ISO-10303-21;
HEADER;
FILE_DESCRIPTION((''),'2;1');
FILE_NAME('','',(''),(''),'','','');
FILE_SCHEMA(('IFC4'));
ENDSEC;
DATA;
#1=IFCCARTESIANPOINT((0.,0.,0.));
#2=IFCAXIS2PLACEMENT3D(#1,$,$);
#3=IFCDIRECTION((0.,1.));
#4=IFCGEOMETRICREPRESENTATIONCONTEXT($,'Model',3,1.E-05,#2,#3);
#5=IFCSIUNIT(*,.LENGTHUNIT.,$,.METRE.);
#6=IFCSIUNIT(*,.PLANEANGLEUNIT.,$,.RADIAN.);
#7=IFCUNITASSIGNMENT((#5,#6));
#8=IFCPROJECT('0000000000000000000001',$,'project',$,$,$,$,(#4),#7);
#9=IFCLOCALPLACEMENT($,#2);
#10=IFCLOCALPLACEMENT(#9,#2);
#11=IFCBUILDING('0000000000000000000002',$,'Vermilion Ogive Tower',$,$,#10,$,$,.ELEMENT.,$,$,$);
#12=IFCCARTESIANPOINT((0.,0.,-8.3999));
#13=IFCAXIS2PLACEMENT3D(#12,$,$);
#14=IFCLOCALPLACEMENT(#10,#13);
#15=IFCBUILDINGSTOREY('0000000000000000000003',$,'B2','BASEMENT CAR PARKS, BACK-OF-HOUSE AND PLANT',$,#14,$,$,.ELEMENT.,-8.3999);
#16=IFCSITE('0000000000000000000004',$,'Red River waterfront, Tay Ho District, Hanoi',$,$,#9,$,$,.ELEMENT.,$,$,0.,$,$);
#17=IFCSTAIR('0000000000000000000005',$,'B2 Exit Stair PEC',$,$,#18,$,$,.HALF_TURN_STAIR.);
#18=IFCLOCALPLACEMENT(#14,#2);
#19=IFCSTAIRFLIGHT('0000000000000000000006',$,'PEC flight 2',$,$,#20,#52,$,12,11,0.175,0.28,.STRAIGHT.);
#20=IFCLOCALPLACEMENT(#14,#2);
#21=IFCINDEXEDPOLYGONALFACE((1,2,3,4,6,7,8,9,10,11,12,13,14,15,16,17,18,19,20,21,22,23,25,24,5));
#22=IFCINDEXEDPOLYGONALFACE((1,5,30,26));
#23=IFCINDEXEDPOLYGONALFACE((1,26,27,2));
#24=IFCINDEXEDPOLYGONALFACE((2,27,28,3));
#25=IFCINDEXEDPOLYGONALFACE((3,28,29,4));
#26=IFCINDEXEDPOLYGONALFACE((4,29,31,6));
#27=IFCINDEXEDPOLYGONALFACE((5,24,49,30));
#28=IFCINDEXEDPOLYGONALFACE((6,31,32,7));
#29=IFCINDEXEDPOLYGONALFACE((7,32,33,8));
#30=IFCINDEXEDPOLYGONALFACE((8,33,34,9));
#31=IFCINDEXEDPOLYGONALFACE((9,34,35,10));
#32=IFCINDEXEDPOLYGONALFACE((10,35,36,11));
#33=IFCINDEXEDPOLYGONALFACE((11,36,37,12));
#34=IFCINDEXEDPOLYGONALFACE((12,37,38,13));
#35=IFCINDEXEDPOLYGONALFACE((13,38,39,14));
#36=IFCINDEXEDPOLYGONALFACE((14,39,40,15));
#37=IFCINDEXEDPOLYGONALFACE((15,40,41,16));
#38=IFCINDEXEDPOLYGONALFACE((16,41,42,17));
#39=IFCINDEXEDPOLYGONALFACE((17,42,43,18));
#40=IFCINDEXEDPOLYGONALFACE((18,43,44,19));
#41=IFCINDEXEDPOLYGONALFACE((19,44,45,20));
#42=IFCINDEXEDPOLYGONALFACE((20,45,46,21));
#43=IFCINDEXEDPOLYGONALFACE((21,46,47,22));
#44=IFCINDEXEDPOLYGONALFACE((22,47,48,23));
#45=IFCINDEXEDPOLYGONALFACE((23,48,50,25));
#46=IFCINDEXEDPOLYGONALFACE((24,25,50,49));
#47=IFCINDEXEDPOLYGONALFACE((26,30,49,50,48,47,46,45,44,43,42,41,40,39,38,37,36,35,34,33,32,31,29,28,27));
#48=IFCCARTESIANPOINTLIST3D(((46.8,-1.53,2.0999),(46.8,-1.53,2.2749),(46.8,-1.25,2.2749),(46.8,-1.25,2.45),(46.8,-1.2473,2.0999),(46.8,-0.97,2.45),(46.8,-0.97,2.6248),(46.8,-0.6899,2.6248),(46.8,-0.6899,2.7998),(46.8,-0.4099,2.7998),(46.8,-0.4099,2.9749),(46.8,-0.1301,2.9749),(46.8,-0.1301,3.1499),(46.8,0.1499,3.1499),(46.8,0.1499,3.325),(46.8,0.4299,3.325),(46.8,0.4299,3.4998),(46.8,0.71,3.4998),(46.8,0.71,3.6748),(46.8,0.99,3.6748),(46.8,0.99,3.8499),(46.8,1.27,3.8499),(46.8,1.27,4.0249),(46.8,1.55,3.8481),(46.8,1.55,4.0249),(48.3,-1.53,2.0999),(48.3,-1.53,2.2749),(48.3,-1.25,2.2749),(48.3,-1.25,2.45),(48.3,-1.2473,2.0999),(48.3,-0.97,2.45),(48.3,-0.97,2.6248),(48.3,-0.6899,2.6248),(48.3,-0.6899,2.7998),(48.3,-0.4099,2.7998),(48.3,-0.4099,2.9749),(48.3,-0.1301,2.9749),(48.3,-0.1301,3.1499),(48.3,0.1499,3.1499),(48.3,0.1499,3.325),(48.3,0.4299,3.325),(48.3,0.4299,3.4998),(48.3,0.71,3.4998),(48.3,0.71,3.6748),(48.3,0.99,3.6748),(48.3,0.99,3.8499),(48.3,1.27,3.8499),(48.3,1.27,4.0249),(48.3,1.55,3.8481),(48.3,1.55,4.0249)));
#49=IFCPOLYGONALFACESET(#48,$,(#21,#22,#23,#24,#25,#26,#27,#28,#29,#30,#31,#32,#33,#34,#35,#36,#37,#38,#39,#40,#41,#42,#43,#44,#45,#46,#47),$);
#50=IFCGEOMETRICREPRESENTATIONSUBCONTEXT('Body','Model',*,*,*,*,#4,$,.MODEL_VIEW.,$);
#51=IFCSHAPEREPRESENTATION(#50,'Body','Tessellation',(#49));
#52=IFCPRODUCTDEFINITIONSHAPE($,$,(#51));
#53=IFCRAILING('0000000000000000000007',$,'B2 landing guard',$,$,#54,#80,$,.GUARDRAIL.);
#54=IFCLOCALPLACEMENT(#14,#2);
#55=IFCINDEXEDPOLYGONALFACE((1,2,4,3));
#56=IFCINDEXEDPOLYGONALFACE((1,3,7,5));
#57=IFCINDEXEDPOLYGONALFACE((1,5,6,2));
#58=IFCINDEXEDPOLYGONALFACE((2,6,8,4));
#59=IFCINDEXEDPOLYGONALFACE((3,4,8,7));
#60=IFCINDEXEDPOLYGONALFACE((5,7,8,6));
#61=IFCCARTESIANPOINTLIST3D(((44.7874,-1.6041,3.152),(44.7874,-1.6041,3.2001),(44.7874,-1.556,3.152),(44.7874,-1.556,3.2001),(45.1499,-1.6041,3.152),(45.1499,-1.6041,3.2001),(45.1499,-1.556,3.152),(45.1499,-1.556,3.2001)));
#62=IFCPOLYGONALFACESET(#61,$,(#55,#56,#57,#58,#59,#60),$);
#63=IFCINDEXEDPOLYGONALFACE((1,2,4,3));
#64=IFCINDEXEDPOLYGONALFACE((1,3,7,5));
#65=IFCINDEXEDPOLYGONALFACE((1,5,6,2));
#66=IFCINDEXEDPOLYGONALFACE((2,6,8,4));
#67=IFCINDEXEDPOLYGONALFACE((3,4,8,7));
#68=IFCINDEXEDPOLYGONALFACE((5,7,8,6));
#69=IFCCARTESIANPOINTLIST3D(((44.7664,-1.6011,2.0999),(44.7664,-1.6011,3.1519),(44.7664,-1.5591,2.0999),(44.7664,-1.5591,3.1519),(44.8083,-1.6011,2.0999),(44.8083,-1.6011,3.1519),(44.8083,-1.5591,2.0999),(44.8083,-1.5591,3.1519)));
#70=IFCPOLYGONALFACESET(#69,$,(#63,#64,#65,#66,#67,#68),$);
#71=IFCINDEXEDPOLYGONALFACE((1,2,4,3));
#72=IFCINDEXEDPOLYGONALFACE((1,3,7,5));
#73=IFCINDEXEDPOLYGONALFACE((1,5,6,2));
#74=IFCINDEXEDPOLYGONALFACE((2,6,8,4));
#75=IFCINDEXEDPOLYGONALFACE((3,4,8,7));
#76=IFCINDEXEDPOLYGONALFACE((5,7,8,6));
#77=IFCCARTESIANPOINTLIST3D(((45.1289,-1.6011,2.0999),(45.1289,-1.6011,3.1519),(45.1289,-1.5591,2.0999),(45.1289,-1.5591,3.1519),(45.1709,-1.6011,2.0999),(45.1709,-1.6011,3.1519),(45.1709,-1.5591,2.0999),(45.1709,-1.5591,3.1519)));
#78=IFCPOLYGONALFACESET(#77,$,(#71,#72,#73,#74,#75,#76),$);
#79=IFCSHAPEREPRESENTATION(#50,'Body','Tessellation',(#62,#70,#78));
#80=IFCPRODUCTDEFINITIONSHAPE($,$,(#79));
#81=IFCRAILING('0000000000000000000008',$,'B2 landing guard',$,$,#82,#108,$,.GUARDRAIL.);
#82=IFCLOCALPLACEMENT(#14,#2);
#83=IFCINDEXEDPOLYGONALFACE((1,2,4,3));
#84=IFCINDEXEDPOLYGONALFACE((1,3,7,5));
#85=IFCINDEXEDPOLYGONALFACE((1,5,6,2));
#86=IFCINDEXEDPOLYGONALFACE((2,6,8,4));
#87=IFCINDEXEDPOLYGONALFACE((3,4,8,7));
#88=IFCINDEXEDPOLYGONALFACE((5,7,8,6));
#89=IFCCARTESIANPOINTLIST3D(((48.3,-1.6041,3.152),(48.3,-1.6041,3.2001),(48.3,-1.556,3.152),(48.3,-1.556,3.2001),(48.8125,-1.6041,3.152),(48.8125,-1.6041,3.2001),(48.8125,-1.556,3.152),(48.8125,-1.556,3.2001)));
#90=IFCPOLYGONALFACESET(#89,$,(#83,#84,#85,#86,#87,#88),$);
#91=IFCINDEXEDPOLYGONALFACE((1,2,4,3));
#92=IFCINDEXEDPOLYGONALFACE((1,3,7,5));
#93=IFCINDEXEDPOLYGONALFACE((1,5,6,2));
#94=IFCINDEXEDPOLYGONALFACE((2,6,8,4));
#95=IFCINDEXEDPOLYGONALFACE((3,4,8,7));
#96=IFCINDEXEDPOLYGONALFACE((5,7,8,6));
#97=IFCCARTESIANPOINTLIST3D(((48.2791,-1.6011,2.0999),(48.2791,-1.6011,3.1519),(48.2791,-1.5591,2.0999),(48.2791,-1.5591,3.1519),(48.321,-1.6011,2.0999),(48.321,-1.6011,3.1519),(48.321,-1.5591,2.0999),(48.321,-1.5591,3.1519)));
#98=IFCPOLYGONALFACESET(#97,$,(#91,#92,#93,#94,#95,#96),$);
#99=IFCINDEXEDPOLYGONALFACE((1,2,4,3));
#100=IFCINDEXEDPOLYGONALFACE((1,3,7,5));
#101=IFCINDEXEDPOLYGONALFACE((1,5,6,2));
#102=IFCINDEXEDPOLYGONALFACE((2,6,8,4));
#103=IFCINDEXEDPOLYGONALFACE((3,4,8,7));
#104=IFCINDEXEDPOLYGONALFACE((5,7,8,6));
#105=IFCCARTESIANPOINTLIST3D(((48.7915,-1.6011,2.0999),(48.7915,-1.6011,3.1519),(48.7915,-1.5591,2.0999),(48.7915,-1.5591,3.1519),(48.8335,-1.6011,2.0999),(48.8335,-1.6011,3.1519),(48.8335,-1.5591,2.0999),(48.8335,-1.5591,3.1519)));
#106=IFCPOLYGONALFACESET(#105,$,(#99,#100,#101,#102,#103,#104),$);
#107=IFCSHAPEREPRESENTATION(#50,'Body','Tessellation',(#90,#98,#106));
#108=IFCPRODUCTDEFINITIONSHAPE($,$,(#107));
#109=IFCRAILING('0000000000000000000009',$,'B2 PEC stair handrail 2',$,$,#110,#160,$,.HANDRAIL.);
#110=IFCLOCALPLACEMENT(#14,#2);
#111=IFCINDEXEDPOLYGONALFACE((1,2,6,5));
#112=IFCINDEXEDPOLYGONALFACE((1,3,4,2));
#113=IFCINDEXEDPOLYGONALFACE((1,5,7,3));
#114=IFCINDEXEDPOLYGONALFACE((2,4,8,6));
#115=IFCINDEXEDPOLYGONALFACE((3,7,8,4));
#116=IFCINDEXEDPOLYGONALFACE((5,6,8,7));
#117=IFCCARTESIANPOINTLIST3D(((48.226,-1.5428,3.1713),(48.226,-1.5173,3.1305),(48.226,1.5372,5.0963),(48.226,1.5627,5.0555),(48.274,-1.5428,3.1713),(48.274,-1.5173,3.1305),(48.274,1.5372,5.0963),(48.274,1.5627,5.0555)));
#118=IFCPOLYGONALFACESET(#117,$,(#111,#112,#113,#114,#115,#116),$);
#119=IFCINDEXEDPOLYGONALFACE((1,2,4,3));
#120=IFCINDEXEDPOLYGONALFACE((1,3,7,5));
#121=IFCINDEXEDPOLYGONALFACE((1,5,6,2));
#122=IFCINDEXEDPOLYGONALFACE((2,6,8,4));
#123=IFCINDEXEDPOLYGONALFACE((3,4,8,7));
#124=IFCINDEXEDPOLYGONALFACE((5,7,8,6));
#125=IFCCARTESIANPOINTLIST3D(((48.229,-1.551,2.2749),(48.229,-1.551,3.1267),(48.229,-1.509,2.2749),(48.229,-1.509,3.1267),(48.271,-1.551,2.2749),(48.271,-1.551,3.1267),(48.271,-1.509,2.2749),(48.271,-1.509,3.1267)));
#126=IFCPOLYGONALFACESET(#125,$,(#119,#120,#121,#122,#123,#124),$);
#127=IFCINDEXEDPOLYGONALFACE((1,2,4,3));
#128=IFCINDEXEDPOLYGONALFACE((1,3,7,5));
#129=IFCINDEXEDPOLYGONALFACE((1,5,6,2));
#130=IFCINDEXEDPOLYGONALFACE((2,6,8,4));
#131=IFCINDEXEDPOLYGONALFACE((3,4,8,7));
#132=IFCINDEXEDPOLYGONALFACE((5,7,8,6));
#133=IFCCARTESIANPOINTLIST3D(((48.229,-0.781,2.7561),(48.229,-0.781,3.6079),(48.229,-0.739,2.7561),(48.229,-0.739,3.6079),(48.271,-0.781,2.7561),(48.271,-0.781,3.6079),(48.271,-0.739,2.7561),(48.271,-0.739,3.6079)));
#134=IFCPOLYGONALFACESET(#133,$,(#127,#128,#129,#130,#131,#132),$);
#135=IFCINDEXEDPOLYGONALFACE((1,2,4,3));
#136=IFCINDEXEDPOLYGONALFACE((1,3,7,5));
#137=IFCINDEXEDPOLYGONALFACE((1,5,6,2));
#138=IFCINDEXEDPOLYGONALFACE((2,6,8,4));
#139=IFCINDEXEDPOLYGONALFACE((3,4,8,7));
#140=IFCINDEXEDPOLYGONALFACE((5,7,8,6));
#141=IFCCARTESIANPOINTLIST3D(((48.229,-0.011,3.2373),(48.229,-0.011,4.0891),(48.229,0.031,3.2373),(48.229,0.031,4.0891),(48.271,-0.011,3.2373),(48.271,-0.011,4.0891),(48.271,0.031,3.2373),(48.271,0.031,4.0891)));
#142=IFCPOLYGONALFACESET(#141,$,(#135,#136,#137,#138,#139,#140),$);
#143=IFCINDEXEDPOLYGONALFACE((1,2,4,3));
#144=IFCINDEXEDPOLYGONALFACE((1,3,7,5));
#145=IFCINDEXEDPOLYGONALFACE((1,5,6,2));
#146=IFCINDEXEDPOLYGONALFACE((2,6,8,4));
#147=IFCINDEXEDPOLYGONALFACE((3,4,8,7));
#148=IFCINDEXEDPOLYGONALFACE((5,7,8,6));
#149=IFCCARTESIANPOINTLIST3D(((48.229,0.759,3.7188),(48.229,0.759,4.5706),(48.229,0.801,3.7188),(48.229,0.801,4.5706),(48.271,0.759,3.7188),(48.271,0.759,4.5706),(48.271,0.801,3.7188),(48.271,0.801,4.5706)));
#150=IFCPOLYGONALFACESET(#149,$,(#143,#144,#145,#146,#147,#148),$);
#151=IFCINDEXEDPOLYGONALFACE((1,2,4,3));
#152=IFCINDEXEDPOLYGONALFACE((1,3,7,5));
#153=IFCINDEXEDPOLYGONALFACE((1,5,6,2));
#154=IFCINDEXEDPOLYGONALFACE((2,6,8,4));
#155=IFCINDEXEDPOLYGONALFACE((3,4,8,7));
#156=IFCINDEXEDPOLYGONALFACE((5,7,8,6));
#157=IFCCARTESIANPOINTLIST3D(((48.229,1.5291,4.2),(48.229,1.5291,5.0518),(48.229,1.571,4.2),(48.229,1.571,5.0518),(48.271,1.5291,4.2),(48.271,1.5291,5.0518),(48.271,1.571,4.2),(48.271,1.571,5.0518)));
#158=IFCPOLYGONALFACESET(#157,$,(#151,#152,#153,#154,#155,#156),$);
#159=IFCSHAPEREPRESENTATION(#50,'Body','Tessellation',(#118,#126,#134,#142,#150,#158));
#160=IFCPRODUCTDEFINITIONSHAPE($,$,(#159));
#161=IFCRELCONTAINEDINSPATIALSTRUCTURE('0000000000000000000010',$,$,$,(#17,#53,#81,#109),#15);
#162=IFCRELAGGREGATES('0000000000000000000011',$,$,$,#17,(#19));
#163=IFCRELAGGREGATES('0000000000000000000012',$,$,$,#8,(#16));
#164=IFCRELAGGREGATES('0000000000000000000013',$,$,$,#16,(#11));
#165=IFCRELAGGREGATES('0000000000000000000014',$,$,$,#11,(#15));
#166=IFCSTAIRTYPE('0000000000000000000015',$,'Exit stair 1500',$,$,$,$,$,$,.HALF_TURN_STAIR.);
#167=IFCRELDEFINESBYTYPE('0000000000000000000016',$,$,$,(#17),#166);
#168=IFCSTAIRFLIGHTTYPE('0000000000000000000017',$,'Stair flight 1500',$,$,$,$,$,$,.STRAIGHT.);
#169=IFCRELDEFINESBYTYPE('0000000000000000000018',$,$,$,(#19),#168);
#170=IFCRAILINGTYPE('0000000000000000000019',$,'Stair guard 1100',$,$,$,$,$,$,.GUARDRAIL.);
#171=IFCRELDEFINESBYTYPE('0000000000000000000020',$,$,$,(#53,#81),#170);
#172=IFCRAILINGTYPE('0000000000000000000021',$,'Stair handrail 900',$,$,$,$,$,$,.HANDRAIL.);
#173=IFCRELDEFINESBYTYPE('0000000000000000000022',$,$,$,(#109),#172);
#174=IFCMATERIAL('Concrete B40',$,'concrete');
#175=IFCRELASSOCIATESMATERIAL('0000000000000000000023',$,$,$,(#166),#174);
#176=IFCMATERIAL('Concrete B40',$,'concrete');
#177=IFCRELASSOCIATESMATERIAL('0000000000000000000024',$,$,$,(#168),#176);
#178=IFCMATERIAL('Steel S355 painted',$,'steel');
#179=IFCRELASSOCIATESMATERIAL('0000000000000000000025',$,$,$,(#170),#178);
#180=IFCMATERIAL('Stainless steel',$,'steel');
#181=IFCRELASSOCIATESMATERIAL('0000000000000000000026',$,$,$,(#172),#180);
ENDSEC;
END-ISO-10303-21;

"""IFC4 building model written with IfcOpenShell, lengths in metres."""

from ifc_helpers import new_model, si_unit, direction, frame, origin, origin_2d, place, context, subcontext, project, spatial, polyline, rectangle, outline, extrude, material, type_object, element, aggregate, save


model = new_model("IFC4")

# Units and contexts
model_context = context("Model", 3, precision=1e-05, world=origin(), true_north=direction((0.0, 1.0)))
body_context = subcontext(model_context, "Body", "Model", "MODEL_VIEW")
ifc_project = project(units=[si_unit("LENGTHUNIT", "METRE"), si_unit("PLANEANGLEUNIT", "RADIAN")], contexts=[model_context])

# Site, building, storey
site_placement = place(None, origin())
site = spatial("IfcSite", under=ifc_project, at=site_placement, Name="Red River waterfront, Tay Ho District, Hanoi", CompositionType="ELEMENT", RefElevation=0.0)
building_placement = place(site_placement, origin())
building = spatial("IfcBuilding", under=site, at=building_placement, Name="Vermilion Ogive Tower", CompositionType="ELEMENT")
storey_placement = place(building_placement, frame((0.0, 0.0, -8.3999)))
storey = spatial("IfcBuildingStorey", under=building, at=storey_placement, Name="B2", Description="BASEMENT CAR PARKS, BACK-OF-HOUSE AND PLANT", CompositionType="ELEMENT", Elevation=-8.3999)

# Stair, stair flight
ifc_material_1 = material(Name="Concrete B40", Category="concrete")
stair_type = type_object("IfcStairType", Name="Exit stair 1500", PredefinedType="HALF_TURN_STAIR", material=ifc_material_1)
stair_placement = place(storey_placement, origin())
stair = element("IfcStair", 1, at=stair_placement, inside=storey, type_object=stair_type, Name="B2 Exit Stair PEC", PredefinedType="HALF_TURN_STAIR")
ifc_material_2 = material(Name="Concrete B40", Category="concrete")
stair_flight_type = type_object("IfcStairFlightType", Name="Stair flight 1500", PredefinedType="STRAIGHT", material=ifc_material_2)
stair_flight_placement = place(storey_placement, frame((47.55, -1.53, 2.0999), z_axis=(0.0, 0.0, 1.0), x_axis=(0.0, 1.0, 0.0)))
stair_flight = element("IfcStairFlight", 2, at=stair_flight_placement, type_object=stair_flight_type, Name="PEC flight 2", NumberOfRisers=12, NumberOfTreads=11, PredefinedType="STRAIGHT", RiserHeight=0.175, TreadLength=0.28, context=body_context, shape_type="SweptSolid", body=[
    extrude(outline(polyline([(0.0, 0.0), (0.0, 0.175), (0.28, 0.175), (0.28, 0.3501), (0.5601, 0.3501), (0.5601, 0.5249), (0.8401, 0.5249), (0.8401, 0.7), (1.1201, 0.7), (1.1201, 0.875), (1.3999, 0.875), (1.3999, 1.05), (1.6799, 1.05), (1.6799, 1.2251), (1.96, 1.2251), (1.96, 1.3999), (2.24, 1.3999), (2.24, 1.575), (2.52, 1.575), (2.52, 1.75), (2.8, 1.75), (2.8, 1.925), (3.0801, 1.925), (3.0801, 2.1001), (3.0801, 1.7483), (0.2827, 0.0), (0.0, 0.0)])), frame((0.0, 0.75, 0.0), z_axis=(0.0, -1.0, 0.0), x_axis=(1.0, 0.0, 0.0)), (0.0, 0.0, 1.0), 1.5),
])
aggregate(stair, [stair_flight])

# Railings
ifc_material_3 = material(Name="Steel S355 painted", Category="steel")
railing_type_1 = type_object("IfcRailingType", Name="Stair guard 1100", PredefinedType="GUARDRAIL", material=ifc_material_3)
railing_1_placement = place(storey_placement, frame((44.7874, -1.5801, 2.0999)))
element("IfcRailing", 3, at=railing_1_placement, inside=storey, type_object=railing_type_1, Name="B2 landing guard", PredefinedType="GUARDRAIL", context=body_context, shape_type="SweptSolid", body=[
    extrude(rectangle(XDim=0.0481, YDim=0.0481, at=origin_2d()), frame((0.0, 0.0, 1.0762), z_axis=(1.0, 0.0, 0.0), x_axis=(0.0, 1.0, 0.0)), (0.0, 0.0, 1.0), 0.3625),
    extrude(rectangle(XDim=0.042, YDim=0.042, at=origin_2d()), origin(), (0.0, 0.0, 1.0), 1.052),
    extrude(rectangle(XDim=0.042, YDim=0.042, at=origin_2d()), frame((0.3625, 0.0, 0.0)), (0.0, 0.0, 1.0), 1.052),
])
railing_2_placement = place(storey_placement, frame((48.3, -1.5801, 2.0999)))
element("IfcRailing", 4, at=railing_2_placement, inside=storey, type_object=railing_type_1, Name="B2 landing guard", PredefinedType="GUARDRAIL", context=body_context, shape_type="SweptSolid", body=[
    extrude(rectangle(XDim=0.0481, YDim=0.0481, at=origin_2d()), frame((0.0, 0.0, 1.0762), z_axis=(1.0, 0.0, 0.0), x_axis=(0.0, 1.0, 0.0)), (0.0, 0.0, 1.0), 0.5125),
    extrude(rectangle(XDim=0.042, YDim=0.042, at=origin_2d()), origin(), (0.0, 0.0, 1.0), 1.052),
    extrude(rectangle(XDim=0.042, YDim=0.042, at=origin_2d()), frame((0.5125, 0.0, 0.0)), (0.0, 0.0, 1.0), 1.052),
])
ifc_material_4 = material(Name="Stainless steel", Category="steel")
railing_type_2 = type_object("IfcRailingType", Name="Stair handrail 900", PredefinedType="HANDRAIL", material=ifc_material_4)
railing_3_placement = place(storey_placement, frame((48.25, -1.53, 2.2749)))
element("IfcRailing", 5, at=railing_3_placement, inside=storey, type_object=railing_type_2, Name="B2 PEC stair handrail 2", PredefinedType="HANDRAIL", context=body_context, shape_type="SweptSolid", body=[
    extrude(rectangle(XDim=0.0481, YDim=0.0481, at=origin_2d()), frame((0.0, 0.0, 0.876), z_axis=(0.0, 0.847998, 0.529999), x_axis=(-1.0, 0.0, 0.0)), (0.0, 0.0, 1.0), 3.6321),
    extrude(rectangle(XDim=0.042, YDim=0.042, at=origin_2d()), origin(), (0.0, 0.0, 1.0), 0.8518),
    extrude(rectangle(XDim=0.042, YDim=0.042, at=origin_2d()), frame((0.0, 0.77, 0.4812)), (0.0, 0.0, 1.0), 0.8518),
    extrude(rectangle(XDim=0.042, YDim=0.042, at=origin_2d()), frame((0.0, 1.54, 0.9624)), (0.0, 0.0, 1.0), 0.8518),
    extrude(rectangle(XDim=0.042, YDim=0.042, at=origin_2d()), frame((0.0, 2.3101, 1.4438)), (0.0, 0.0, 1.0), 0.8518),
    extrude(rectangle(XDim=0.042, YDim=0.042, at=origin_2d()), frame((0.0, 3.0801, 1.925)), (0.0, 0.0, 1.0), 0.8518),
])

save(model, "model.ifc")
